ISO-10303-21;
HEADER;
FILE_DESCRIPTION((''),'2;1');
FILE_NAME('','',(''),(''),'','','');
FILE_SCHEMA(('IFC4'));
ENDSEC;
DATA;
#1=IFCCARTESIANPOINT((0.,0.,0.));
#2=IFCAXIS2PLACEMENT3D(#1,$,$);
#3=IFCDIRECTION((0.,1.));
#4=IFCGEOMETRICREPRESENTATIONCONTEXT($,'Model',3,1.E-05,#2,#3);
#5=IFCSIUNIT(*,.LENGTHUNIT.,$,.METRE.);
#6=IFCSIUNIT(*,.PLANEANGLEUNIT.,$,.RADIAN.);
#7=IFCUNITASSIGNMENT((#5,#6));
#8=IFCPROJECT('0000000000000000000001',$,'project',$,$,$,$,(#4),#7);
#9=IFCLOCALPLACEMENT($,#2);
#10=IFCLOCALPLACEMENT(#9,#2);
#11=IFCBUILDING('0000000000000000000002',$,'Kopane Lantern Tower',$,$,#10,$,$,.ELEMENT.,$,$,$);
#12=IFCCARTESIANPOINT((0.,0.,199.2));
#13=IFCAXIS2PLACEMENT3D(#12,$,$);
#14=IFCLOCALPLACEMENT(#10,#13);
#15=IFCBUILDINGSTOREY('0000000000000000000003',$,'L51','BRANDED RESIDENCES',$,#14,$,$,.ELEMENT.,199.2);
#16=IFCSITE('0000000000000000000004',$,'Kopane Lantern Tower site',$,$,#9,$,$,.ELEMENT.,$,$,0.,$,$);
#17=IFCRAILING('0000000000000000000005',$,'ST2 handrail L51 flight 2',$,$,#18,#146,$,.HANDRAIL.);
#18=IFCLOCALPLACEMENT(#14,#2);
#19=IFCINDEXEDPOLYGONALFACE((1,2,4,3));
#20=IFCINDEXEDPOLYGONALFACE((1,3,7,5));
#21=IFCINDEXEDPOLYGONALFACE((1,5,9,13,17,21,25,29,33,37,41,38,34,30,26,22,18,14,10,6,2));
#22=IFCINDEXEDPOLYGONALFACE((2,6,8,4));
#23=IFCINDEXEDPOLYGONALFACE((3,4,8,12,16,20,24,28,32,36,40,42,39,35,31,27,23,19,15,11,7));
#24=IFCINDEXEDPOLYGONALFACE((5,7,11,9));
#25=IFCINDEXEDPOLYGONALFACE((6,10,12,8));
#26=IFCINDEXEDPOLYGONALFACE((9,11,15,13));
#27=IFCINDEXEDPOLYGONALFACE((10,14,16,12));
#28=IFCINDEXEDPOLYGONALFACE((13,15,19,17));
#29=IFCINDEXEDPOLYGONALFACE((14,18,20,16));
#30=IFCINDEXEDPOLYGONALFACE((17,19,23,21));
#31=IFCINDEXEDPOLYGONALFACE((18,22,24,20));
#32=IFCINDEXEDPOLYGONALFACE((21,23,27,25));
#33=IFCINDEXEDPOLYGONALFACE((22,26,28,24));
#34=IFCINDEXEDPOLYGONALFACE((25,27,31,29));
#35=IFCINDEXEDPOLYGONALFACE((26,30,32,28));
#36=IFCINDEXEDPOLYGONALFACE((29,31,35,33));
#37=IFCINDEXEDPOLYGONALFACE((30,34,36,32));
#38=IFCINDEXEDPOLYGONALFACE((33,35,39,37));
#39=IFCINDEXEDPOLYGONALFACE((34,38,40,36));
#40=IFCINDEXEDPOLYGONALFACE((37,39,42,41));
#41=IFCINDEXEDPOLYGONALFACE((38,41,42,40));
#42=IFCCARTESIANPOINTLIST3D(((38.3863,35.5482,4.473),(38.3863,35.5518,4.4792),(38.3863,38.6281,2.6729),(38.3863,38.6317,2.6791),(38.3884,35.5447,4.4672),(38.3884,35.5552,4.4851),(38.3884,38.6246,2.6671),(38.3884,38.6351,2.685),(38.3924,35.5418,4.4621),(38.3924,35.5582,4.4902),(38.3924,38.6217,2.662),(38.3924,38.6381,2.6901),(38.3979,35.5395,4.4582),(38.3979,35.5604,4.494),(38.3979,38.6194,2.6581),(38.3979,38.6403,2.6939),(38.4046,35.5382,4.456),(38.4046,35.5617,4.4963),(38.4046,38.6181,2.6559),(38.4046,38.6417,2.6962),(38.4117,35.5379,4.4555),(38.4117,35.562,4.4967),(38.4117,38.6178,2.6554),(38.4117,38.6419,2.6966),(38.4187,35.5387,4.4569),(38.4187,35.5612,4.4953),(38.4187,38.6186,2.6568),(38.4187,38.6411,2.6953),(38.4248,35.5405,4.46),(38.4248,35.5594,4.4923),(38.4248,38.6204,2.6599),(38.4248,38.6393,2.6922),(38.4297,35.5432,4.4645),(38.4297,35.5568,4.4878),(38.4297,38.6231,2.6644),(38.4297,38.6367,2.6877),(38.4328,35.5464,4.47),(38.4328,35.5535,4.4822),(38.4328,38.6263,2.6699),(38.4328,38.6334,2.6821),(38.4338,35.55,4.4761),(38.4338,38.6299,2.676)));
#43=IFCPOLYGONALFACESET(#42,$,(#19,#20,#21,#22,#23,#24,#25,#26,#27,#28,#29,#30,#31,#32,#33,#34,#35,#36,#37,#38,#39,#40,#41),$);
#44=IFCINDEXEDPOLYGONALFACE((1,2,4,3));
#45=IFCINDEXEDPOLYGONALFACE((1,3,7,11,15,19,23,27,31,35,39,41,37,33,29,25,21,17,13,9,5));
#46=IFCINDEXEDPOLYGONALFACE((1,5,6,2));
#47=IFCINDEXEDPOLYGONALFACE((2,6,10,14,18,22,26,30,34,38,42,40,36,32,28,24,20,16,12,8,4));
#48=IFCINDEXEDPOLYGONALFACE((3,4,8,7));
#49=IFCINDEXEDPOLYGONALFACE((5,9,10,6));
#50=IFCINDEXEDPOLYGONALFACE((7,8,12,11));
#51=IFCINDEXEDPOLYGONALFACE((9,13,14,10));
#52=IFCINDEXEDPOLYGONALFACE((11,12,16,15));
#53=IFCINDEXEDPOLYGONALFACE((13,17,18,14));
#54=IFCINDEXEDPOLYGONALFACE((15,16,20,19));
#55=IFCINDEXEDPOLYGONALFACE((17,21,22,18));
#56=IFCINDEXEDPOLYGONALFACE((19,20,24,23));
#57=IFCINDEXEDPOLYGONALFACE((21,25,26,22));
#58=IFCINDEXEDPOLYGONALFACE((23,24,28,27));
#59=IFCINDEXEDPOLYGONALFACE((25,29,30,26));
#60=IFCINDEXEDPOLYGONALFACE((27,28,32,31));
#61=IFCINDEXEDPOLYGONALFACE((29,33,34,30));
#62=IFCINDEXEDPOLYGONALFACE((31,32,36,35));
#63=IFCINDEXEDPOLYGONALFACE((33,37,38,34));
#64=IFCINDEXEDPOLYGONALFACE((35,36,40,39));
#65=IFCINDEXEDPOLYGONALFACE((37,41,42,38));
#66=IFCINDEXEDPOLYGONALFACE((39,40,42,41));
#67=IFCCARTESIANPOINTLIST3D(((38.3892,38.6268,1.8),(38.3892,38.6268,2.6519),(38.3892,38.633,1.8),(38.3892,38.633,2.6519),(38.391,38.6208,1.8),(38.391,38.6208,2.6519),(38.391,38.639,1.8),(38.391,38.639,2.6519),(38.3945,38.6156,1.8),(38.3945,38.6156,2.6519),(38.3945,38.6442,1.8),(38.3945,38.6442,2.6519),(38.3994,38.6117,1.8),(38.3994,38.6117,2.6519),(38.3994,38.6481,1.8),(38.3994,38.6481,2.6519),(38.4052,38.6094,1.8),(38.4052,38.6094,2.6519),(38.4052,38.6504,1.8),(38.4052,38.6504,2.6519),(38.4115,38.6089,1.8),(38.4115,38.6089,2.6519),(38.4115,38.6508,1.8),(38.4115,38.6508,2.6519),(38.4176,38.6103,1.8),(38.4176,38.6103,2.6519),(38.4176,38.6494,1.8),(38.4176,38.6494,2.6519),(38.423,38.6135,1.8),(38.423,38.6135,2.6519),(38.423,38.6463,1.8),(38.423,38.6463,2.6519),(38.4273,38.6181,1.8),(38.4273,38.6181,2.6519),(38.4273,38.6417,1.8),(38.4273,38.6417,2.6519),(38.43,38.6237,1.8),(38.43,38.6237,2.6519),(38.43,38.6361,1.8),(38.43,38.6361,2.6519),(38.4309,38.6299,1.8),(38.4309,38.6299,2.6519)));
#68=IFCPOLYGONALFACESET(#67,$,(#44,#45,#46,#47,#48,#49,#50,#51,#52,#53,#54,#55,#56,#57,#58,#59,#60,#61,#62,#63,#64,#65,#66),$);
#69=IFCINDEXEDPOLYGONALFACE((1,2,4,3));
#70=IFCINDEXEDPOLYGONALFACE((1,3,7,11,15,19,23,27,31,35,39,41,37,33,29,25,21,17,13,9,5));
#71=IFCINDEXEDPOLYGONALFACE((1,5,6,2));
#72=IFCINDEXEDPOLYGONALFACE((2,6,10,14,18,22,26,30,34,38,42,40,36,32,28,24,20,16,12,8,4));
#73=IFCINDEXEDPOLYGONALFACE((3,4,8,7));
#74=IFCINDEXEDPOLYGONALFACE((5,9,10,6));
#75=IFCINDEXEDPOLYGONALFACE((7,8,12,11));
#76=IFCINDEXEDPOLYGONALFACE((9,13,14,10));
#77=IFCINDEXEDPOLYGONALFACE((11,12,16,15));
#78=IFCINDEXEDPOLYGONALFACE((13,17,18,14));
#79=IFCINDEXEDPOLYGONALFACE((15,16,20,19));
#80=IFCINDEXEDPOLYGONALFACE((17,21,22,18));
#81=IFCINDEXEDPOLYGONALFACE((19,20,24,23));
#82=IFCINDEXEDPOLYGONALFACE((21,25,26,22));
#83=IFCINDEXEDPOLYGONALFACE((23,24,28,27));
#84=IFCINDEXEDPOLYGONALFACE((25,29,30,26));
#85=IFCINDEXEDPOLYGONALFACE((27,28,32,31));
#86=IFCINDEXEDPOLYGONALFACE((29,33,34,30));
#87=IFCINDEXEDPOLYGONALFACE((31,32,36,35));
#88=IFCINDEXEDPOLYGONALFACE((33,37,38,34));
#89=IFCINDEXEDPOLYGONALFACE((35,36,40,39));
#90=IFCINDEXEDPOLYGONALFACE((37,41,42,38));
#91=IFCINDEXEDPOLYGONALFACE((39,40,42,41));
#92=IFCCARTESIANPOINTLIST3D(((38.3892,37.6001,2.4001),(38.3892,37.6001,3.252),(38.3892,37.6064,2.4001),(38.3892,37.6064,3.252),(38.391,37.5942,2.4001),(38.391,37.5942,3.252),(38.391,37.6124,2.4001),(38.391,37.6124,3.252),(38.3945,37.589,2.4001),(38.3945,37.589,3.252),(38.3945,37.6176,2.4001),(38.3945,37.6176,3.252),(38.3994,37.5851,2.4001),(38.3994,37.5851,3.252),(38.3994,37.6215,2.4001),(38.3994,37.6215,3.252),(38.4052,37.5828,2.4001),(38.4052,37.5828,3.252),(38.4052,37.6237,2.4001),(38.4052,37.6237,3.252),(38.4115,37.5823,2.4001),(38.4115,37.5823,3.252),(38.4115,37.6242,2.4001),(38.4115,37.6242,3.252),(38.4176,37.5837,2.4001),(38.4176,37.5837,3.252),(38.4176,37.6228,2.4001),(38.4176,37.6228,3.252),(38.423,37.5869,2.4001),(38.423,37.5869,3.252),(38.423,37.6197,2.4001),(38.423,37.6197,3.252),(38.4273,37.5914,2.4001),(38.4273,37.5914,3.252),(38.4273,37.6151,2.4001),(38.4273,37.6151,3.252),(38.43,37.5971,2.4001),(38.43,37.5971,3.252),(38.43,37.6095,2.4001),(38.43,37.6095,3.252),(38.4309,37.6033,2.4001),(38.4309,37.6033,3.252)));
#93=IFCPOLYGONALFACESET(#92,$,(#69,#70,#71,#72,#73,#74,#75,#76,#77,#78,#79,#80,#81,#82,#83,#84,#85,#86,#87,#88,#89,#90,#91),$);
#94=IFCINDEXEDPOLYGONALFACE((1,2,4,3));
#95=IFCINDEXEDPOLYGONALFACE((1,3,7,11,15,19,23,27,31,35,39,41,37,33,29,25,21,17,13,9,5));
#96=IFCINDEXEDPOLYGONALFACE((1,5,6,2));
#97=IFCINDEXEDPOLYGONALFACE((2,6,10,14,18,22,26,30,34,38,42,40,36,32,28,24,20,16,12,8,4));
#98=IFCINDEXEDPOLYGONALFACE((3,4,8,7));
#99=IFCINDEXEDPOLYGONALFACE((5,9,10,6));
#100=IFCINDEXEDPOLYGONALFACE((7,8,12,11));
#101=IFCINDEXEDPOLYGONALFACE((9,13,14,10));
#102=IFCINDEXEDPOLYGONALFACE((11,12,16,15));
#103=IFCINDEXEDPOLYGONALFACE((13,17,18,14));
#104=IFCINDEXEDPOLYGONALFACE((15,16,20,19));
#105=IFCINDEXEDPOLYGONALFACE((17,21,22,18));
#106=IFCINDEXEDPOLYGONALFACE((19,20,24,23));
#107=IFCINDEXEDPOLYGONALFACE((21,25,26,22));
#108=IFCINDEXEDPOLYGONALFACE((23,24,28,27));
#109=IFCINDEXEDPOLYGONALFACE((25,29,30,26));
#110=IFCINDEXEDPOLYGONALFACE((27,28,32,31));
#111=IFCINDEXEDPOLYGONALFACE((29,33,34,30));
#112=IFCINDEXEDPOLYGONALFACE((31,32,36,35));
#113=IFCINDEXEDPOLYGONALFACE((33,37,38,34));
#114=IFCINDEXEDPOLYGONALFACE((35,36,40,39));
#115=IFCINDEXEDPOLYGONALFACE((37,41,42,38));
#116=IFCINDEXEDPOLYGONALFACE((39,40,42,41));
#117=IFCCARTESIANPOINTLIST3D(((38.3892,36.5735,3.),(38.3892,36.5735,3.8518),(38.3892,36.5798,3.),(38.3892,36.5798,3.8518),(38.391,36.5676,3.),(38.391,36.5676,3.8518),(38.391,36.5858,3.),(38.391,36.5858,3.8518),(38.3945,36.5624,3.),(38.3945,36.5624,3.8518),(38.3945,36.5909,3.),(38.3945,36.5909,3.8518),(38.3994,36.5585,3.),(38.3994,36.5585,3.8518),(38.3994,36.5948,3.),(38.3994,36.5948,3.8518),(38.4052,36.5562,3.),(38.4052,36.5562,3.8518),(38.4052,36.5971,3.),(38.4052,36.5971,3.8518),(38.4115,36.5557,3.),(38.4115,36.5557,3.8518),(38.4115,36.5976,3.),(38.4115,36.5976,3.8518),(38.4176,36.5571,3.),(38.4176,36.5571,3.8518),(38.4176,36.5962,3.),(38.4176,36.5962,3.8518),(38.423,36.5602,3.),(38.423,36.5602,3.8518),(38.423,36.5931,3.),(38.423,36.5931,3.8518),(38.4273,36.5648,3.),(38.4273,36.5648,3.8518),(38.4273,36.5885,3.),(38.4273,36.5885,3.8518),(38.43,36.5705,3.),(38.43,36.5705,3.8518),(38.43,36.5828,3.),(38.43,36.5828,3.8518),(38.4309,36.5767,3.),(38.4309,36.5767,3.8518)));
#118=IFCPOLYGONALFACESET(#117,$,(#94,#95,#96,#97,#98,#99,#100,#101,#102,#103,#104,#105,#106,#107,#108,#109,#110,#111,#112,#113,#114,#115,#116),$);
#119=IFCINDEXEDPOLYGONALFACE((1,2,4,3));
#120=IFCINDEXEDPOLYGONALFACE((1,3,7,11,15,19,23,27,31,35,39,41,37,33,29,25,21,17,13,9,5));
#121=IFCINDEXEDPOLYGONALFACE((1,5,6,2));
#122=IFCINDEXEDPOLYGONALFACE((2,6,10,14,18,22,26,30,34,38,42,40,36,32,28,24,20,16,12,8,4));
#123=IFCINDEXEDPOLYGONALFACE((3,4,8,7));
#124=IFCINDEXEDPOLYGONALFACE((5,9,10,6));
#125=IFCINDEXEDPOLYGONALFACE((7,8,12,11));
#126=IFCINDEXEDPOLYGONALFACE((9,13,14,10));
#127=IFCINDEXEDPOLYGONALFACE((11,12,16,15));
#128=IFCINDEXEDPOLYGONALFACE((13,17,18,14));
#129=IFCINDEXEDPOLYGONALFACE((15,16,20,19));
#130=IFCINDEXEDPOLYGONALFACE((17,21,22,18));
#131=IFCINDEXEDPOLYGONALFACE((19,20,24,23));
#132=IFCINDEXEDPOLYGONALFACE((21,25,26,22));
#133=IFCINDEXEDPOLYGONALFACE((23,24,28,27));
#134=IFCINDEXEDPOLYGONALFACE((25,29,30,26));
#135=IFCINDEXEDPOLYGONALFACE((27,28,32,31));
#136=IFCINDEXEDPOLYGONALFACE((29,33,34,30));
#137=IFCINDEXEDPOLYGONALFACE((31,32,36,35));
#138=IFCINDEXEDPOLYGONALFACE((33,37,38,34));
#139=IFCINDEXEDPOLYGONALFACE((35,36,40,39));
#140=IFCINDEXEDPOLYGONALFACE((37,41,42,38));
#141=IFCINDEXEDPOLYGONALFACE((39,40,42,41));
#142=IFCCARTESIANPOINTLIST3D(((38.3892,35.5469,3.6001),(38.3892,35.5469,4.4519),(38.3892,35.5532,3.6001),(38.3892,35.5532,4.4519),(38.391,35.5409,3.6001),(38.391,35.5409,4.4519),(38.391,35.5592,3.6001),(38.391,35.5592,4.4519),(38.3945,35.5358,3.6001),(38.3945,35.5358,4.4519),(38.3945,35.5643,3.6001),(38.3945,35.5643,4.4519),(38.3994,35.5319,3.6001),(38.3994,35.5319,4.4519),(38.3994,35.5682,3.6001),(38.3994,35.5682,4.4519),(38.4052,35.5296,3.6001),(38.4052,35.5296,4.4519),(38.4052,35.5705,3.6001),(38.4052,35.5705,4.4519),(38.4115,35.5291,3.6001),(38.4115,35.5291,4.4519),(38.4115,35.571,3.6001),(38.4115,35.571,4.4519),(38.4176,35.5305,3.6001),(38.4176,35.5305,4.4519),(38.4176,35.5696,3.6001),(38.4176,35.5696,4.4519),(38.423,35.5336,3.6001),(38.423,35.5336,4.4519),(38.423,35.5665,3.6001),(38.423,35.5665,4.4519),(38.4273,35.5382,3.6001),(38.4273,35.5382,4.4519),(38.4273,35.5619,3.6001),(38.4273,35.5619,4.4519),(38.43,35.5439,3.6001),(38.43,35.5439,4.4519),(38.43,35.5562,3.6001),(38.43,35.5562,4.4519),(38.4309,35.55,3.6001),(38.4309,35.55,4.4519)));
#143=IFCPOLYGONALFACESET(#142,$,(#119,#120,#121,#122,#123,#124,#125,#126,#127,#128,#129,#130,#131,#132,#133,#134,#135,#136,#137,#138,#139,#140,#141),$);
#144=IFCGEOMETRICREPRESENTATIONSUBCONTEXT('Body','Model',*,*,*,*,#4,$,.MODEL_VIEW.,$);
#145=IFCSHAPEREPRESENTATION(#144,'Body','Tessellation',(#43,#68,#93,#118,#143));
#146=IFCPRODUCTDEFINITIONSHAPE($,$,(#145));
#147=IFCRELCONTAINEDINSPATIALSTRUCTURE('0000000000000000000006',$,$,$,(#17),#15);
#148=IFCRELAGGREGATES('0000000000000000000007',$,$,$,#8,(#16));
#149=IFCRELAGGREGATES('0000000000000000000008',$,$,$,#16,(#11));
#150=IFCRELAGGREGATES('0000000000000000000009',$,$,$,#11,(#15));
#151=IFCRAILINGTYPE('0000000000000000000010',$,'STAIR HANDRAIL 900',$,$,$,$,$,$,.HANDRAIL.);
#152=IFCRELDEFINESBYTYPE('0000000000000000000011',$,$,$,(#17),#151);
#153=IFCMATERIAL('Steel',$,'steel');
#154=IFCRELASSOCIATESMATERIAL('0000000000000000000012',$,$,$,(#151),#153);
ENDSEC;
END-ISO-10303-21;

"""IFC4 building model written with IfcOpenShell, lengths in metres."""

from ifc_helpers import new_model, si_unit, direction, frame, origin, origin_2d, place, context, subcontext, project, spatial, circle, extrude, material, type_object, element, save


model = new_model("IFC4")

# Units and contexts
model_context = context("Model", 3, precision=1e-05, world=origin(), true_north=direction((0.0, 1.0)))
body_context = subcontext(model_context, "Body", "Model", "MODEL_VIEW")
ifc_project = project(units=[si_unit("LENGTHUNIT", "METRE"), si_unit("PLANEANGLEUNIT", "RADIAN")], contexts=[model_context])

# Site, building, storey
site_placement = place(None, origin())
site = spatial("IfcSite", under=ifc_project, at=site_placement, Name="Kopane Lantern Tower site", CompositionType="ELEMENT", RefElevation=0.0)
building_placement = place(site_placement, origin())
building = spatial("IfcBuilding", under=site, at=building_placement, Name="Kopane Lantern Tower", CompositionType="ELEMENT")
storey_placement = place(building_placement, frame((0.0, 0.0, 199.2)))
storey = spatial("IfcBuildingStorey", under=building, at=storey_placement, Name="L51", Description="BRANDED RESIDENCES", CompositionType="ELEMENT", Elevation=199.2)

# Railing
ifc_material_1 = material(Name="Steel", Category="steel")
railing_type_1 = type_object("IfcRailingType", Name="STAIR HANDRAIL 900", PredefinedType="HANDRAIL", material=ifc_material_1)
for number, where, name in (
    (1, (38.4099, 38.6299, 1.8), "ST2 handrail L51 flight 2"),
):
    element("IfcRailing", number, at=place(storey_placement, frame(where)), inside=storey, type_object=railing_type_1, Name=name, PredefinedType="HANDRAIL", context=body_context, shape_type="SweptSolid", body=[
        extrude(circle(Radius=0.0239, at=origin_2d()), frame((0.0, 0.0, 0.876), z_axis=(0.0, -0.863354, 0.504598), x_axis=(1.0, 0.0, 0.0)), (0.0, 0.0, 1.0), 3.5674),
        extrude(circle(Radius=0.021, at=origin_2d()), origin(), (0.0, 0.0, 1.0), 0.8518),
        extrude(circle(Radius=0.021, at=origin_2d()), frame((0.0, -1.0266, 0.6001)), (0.0, 0.0, 1.0), 0.8518),
        extrude(circle(Radius=0.021, at=origin_2d()), frame((0.0, -2.0532, 1.2)), (0.0, 0.0, 1.0), 0.8518),
        extrude(circle(Radius=0.021, at=origin_2d()), frame((0.0, -3.0798, 1.8)), (0.0, 0.0, 1.0), 0.8518),
    ])

save(model, "model.ifc")
